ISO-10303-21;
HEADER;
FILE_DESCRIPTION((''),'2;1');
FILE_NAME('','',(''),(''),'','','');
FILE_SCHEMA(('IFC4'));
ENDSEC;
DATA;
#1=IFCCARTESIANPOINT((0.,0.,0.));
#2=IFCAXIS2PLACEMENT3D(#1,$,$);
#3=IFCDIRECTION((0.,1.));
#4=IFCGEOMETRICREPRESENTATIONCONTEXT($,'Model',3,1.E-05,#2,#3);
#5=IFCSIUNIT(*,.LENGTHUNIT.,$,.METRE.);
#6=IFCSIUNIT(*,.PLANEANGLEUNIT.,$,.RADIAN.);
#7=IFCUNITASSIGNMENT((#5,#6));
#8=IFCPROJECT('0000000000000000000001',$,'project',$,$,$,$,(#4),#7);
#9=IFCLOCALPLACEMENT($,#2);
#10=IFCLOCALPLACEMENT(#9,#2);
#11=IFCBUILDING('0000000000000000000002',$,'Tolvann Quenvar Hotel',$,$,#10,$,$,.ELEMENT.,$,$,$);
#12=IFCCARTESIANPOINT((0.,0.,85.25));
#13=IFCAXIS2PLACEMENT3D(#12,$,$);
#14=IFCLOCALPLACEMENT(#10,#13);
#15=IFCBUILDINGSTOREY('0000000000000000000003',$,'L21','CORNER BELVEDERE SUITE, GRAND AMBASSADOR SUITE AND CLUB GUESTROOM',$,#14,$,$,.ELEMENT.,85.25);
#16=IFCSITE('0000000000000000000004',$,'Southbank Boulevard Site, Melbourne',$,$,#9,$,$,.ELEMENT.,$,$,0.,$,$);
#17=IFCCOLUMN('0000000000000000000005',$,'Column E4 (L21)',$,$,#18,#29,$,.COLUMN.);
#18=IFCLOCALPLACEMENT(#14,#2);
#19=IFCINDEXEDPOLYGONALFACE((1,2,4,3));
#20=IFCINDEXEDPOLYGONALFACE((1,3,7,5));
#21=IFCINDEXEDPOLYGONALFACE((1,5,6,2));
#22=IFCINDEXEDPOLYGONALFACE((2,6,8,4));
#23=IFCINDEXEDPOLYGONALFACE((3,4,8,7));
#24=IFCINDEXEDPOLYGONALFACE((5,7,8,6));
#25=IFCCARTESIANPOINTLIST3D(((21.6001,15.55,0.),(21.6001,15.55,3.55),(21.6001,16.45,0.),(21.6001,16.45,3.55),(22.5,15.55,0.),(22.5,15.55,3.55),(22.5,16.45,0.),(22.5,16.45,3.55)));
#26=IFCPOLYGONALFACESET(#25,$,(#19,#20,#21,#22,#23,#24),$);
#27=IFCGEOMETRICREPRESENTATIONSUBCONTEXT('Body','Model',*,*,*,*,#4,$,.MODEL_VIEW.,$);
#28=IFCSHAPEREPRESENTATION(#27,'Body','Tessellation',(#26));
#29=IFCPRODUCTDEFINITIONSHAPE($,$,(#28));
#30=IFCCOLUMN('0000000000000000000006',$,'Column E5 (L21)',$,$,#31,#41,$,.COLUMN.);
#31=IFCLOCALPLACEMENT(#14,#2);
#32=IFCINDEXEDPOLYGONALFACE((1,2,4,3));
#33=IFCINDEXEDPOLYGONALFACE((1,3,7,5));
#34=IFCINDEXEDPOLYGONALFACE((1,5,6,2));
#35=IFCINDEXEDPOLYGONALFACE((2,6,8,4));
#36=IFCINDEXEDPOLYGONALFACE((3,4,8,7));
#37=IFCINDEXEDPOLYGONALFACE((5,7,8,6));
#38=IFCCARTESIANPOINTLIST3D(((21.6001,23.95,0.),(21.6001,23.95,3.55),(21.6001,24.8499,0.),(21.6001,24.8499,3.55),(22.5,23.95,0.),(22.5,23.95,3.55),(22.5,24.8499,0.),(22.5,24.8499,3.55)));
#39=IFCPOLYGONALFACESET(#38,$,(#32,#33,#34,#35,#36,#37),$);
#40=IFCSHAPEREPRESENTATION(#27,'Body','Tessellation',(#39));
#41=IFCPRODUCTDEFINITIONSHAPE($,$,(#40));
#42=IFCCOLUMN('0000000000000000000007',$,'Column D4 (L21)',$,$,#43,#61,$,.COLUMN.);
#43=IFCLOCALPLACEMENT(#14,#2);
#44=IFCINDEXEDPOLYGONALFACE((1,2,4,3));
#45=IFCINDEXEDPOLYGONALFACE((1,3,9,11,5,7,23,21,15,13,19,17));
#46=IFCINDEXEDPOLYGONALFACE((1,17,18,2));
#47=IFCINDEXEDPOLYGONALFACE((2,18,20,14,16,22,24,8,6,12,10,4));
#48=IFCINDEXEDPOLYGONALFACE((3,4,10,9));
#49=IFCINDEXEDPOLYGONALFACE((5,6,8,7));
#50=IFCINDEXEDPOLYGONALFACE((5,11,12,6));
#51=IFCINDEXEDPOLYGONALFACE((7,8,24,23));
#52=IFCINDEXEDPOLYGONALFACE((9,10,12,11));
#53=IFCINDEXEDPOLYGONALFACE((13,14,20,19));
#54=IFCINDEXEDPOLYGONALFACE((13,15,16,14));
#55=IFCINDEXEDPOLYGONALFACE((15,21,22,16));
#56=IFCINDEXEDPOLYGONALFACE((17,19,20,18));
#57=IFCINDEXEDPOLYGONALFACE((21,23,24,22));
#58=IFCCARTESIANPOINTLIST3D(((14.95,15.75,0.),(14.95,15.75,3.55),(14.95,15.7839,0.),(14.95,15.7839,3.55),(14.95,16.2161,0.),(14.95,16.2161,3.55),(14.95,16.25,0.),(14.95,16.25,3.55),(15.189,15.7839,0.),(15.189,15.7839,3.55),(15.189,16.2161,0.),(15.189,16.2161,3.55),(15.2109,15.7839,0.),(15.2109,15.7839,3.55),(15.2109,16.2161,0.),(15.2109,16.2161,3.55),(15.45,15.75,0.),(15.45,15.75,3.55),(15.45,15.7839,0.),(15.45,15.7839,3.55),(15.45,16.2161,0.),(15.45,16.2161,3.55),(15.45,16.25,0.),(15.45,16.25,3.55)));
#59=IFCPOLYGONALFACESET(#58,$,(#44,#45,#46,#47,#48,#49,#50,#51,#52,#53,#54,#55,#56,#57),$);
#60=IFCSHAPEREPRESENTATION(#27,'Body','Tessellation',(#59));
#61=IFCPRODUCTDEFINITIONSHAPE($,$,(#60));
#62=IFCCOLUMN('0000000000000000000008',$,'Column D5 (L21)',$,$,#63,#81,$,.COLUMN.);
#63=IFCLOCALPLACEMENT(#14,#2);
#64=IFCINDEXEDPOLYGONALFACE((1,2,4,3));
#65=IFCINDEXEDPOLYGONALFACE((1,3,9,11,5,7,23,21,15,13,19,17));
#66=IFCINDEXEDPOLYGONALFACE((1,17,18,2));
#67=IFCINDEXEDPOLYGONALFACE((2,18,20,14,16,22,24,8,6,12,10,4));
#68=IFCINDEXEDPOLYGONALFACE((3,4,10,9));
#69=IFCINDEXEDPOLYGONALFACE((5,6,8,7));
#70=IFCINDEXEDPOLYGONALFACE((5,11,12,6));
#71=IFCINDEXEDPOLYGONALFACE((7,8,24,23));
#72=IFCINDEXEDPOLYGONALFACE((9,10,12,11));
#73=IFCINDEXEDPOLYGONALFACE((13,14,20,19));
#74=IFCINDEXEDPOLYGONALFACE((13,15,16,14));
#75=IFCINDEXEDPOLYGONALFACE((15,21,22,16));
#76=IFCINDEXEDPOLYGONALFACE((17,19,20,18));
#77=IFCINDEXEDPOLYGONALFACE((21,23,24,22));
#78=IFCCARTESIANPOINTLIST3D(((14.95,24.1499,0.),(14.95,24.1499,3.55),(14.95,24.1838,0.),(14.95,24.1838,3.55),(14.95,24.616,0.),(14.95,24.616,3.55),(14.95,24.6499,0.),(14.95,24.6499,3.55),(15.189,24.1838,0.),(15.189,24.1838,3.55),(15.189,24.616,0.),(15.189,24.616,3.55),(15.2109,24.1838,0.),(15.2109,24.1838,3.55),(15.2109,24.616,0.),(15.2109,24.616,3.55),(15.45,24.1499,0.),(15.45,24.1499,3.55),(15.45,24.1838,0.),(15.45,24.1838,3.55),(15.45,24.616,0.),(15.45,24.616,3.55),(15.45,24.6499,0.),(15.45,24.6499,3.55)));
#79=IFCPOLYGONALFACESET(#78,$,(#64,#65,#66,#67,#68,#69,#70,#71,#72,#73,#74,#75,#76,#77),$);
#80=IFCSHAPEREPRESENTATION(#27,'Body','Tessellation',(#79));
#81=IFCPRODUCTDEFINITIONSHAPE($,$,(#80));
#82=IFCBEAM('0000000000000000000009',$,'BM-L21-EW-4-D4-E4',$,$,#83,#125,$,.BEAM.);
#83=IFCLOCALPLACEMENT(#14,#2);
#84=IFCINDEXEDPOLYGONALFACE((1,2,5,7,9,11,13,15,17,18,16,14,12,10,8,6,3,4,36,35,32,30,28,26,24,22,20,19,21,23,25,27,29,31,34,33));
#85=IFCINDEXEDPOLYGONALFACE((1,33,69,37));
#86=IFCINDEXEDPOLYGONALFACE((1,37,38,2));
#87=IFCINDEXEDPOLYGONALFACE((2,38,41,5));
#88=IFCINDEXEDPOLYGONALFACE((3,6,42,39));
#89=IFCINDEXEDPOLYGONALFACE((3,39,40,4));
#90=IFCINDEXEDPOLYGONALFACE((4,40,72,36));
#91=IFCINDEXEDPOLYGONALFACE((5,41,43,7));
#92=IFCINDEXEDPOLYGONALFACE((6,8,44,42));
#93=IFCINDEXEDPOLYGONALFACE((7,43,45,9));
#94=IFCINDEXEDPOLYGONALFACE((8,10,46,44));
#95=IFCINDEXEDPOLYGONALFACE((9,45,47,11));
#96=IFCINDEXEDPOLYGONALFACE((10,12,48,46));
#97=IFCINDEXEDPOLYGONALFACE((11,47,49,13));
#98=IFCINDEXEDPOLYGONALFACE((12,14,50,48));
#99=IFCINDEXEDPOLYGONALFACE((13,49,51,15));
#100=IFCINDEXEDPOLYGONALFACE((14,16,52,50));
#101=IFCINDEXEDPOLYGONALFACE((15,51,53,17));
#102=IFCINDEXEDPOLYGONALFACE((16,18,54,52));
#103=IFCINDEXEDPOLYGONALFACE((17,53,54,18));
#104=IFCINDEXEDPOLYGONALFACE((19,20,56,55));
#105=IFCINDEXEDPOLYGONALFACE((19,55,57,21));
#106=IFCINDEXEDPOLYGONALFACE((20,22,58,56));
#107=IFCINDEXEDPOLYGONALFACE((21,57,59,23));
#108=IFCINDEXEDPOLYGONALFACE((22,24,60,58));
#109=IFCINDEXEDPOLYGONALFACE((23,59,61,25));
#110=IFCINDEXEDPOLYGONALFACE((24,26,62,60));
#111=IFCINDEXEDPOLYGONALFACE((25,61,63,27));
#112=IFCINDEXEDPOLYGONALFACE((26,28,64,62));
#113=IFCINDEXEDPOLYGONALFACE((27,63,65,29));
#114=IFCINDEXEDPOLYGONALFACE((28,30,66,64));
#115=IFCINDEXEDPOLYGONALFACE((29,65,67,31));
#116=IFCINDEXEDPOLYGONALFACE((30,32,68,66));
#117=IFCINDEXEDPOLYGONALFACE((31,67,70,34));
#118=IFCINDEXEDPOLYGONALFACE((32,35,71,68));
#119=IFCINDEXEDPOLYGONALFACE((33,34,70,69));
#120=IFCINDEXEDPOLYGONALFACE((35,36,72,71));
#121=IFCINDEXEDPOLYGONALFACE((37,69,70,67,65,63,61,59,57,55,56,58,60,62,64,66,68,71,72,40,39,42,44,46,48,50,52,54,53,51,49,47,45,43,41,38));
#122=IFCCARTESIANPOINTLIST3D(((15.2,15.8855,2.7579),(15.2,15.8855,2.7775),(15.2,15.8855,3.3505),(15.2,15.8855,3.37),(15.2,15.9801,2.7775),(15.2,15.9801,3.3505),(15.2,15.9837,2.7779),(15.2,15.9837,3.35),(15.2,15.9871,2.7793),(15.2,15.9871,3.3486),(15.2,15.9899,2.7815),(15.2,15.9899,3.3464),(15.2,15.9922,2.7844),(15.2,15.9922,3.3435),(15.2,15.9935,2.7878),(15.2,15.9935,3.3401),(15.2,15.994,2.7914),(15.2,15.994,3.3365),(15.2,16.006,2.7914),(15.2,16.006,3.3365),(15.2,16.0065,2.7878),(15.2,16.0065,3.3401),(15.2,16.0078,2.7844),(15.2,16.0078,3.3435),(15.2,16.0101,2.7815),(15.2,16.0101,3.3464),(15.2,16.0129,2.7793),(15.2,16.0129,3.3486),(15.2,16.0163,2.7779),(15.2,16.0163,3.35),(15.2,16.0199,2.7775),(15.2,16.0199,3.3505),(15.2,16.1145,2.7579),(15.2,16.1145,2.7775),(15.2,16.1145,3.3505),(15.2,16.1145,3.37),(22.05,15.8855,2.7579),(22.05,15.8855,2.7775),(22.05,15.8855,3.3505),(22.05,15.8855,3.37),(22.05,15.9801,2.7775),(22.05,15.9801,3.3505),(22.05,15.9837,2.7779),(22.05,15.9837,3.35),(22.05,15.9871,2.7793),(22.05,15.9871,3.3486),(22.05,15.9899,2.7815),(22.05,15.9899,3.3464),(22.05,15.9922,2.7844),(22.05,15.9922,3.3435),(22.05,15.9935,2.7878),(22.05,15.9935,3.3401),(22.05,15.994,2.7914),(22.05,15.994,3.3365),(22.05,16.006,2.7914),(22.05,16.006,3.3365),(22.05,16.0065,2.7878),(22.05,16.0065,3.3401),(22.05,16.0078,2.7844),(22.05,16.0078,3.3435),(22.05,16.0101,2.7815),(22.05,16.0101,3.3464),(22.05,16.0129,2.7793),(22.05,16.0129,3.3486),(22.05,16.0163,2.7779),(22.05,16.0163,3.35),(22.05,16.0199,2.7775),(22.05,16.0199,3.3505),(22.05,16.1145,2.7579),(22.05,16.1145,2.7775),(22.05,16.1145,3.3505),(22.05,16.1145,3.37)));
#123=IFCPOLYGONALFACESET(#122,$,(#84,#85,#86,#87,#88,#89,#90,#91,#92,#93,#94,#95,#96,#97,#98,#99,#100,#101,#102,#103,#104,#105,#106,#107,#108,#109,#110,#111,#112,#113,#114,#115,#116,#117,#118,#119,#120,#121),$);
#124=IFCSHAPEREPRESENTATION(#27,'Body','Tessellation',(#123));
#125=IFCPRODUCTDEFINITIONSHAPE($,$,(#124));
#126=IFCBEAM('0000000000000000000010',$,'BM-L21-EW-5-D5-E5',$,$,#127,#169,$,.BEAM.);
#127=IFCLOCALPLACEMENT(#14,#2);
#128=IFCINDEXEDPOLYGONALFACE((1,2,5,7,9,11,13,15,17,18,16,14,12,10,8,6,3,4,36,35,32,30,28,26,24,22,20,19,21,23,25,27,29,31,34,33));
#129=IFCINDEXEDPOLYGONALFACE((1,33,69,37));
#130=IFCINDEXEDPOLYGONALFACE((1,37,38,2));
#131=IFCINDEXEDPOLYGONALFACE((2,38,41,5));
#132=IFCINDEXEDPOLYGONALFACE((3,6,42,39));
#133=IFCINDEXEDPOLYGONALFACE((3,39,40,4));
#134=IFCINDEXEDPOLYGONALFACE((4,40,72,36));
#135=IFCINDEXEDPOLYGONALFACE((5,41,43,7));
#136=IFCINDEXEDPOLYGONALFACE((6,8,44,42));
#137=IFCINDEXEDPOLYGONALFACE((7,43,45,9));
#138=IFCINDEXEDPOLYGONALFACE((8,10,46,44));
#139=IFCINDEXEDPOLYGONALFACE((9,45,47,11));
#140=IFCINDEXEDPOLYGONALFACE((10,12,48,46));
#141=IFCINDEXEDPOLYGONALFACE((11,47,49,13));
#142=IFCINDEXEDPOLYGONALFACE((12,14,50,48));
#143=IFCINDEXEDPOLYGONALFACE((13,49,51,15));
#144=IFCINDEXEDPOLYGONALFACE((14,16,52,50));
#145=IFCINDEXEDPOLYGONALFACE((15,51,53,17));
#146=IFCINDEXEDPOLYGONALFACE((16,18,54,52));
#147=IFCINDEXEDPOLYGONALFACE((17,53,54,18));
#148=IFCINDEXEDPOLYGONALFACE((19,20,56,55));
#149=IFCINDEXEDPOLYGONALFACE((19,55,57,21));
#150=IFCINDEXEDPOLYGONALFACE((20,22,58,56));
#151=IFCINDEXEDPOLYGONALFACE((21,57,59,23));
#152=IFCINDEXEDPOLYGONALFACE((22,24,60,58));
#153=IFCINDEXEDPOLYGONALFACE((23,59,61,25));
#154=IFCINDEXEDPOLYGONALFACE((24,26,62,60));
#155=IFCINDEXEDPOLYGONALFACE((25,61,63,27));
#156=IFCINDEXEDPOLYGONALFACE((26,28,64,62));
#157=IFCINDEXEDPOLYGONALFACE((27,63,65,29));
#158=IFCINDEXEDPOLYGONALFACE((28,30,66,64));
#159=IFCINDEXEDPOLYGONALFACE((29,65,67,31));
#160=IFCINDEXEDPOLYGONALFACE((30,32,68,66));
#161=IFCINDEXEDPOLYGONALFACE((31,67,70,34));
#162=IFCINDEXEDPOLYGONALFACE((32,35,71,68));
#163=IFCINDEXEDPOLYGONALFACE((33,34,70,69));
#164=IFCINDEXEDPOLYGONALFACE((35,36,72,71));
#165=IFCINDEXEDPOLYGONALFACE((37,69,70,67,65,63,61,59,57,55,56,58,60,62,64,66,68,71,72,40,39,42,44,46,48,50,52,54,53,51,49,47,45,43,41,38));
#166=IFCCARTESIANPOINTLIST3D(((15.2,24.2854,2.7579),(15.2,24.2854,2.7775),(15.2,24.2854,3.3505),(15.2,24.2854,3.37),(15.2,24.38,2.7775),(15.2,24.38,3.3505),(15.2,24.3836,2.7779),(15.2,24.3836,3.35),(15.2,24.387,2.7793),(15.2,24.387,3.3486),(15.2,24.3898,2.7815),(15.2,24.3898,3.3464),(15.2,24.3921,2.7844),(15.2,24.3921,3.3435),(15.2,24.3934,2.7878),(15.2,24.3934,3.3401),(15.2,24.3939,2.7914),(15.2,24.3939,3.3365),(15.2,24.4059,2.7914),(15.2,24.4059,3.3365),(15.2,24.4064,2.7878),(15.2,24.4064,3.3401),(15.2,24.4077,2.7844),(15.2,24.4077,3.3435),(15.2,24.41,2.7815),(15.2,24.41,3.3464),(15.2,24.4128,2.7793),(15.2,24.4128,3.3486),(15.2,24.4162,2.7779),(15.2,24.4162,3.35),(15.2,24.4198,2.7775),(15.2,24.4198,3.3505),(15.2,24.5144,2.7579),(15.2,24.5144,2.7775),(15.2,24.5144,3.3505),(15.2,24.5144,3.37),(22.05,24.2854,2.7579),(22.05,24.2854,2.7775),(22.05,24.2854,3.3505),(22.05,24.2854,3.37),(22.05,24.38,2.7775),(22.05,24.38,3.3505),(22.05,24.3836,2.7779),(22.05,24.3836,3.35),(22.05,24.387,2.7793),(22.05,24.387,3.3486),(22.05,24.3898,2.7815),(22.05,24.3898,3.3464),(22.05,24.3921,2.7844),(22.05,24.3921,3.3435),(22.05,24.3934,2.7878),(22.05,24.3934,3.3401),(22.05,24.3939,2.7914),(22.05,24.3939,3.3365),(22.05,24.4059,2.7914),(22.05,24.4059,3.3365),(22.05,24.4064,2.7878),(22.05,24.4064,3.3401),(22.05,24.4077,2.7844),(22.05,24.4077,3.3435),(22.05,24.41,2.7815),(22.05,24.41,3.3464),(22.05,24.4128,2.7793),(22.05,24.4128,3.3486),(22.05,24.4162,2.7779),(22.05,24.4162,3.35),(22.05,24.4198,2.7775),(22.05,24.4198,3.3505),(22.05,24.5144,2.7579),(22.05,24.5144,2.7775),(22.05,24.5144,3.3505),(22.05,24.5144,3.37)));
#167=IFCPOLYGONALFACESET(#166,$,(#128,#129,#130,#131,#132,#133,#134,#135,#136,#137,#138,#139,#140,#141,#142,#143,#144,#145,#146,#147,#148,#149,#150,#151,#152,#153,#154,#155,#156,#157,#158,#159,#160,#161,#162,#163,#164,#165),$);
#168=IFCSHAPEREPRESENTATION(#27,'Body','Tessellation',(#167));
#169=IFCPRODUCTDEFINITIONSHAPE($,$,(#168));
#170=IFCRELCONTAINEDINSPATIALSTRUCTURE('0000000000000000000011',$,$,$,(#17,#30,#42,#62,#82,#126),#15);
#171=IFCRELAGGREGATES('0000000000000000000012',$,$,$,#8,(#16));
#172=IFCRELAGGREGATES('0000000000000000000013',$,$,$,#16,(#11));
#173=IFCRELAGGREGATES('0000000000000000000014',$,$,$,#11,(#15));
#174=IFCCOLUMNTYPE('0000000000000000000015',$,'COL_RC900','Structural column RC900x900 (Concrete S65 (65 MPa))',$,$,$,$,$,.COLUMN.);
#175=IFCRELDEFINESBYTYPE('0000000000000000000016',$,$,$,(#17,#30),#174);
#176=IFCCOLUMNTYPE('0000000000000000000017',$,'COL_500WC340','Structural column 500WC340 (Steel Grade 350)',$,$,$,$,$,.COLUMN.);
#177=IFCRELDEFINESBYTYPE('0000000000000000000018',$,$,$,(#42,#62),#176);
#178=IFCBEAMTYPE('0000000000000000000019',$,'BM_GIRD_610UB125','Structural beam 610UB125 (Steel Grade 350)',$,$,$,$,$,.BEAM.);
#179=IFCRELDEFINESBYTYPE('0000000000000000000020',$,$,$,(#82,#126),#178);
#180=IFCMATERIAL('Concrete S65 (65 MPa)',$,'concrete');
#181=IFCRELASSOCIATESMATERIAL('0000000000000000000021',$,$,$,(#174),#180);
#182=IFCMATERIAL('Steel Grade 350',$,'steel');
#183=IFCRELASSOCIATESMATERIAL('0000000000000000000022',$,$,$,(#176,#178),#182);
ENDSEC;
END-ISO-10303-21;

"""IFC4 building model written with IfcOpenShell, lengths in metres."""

from ifc_helpers import new_model, si_unit, direction, frame, origin, origin_2d, place, context, subcontext, project, spatial, rectangle, i_section, extrude, source, transform, mapped, material, material_profile, profile_set, type_object, type_shapes, element, save


model = new_model("IFC4")

# Units and contexts
model_context = context("Model", 3, precision=1e-05, world=origin(), true_north=direction((0.0, 1.0)))
body_context = subcontext(model_context, "Body", "Model", "MODEL_VIEW")
ifc_project = project(units=[si_unit("LENGTHUNIT", "METRE"), si_unit("PLANEANGLEUNIT", "RADIAN")], contexts=[model_context])

# Site, building, storey
site_placement = place(None, origin())
site = spatial("IfcSite", under=ifc_project, at=site_placement, Name="Southbank Boulevard Site, Melbourne", CompositionType="ELEMENT", RefElevation=0.0)
building_placement = place(site_placement, origin())
building = spatial("IfcBuilding", under=site, at=building_placement, Name="Tolvann Quenvar Hotel", CompositionType="ELEMENT")
storey_placement = place(building_placement, frame((0.0, 0.0, 85.25)))
storey = spatial("IfcBuildingStorey", under=building, at=storey_placement, Name="L21", Description="CORNER BELVEDERE SUITE, GRAND AMBASSADOR SUITE AND CLUB GUESTROOM", CompositionType="ELEMENT", Elevation=85.25)

# Columns
ifc_material_1 = material(Name="Concrete S65 (65 MPa)", Category="concrete")
ifc_material_profile_1 = material_profile(ifc_material_1, rectangle(XDim=0.8999, YDim=0.8999, at=origin_2d()), Name="RC900x900")
ifc_profile_set_1 = profile_set([ifc_material_profile_1], Name="Concrete S65 (65 MPa)")
column_type_1 = type_object("IfcColumnType", Name="COL_RC900", Description="Structural column RC900x900 (Concrete S65 (65 MPa))", PredefinedType="COLUMN", material=ifc_profile_set_1)
shared_shape_1 = source(origin(), body_context, "Body", "SweptSolid", [
    extrude(rectangle(XDim=0.8999, YDim=0.8999, at=origin_2d()), origin(), (0.0, 0.0, 1.0), 3.55),
])
type_shapes(column_type_1, [shared_shape_1])
for number, where, z_axis, x_axis, name in (
    (1, (22.05, 16.0, 0.0), (0.0, 0.0, 1.0), (1.0, 0.0, 0.0), "Column E4 (L21)"),
    (2, (22.05, 24.3999, 0.0), (0.0, 0.0, 1.0), (1.0, 0.0, 0.0), "Column E5 (L21)"),
):
    element("IfcColumn", number, at=place(storey_placement, frame(where, z_axis=z_axis, x_axis=x_axis)), inside=storey, type_object=column_type_1, Name=name, PredefinedType="COLUMN", context=body_context, shape_type="MappedRepresentation", body=[
        mapped(shared_shape_1, transform((0.0, 0.0, 0.0), x_axis=(1.0, 0.0, 0.0), y_axis=(0.0, 1.0, 0.0), z_axis=(0.0, 0.0, 1.0), scale=1.0)),
    ])
ifc_material_2 = material(Name="Steel Grade 350", Category="steel")
ifc_material_profile_2 = material_profile(ifc_material_2, i_section(OverallWidth=0.5, OverallDepth=0.5, WebThickness=0.022, FlangeThickness=0.0339, at=origin_2d()), Name="500WC340")
ifc_profile_set_2 = profile_set([ifc_material_profile_2], Name="Steel Grade 350")
column_type_2 = type_object("IfcColumnType", Name="COL_500WC340", Description="Structural column 500WC340 (Steel Grade 350)", PredefinedType="COLUMN", material=ifc_profile_set_2)
shared_shape_2 = source(origin(), body_context, "Body", "SweptSolid", [
    extrude(i_section(OverallWidth=0.5, OverallDepth=0.5, WebThickness=0.022, FlangeThickness=0.0339, at=origin_2d()), origin(), (0.0, 0.0, 1.0), 3.55),
])
type_shapes(column_type_2, [shared_shape_2])
for number, where, z_axis, x_axis, name in (
    (3, (15.2, 16.0, 0.0), (0.0, 0.0, 1.0), (1.0, 0.0, 0.0), "Column D4 (L21)"),
    (4, (15.2, 24.3999, 0.0), (0.0, 0.0, 1.0), (1.0, 0.0, 0.0), "Column D5 (L21)"),
):
    element("IfcColumn", number, at=place(storey_placement, frame(where, z_axis=z_axis, x_axis=x_axis)), inside=storey, type_object=column_type_2, Name=name, PredefinedType="COLUMN", context=body_context, shape_type="MappedRepresentation", body=[
        mapped(shared_shape_2, transform((0.0, 0.0, 0.0), x_axis=(1.0, 0.0, 0.0), y_axis=(0.0, 1.0, 0.0), z_axis=(0.0, 0.0, 1.0), scale=1.0)),
    ])

# Beams
ifc_material_profile_3 = material_profile(ifc_material_2, i_section(OverallWidth=0.229, OverallDepth=0.6121, WebThickness=0.012, FlangeThickness=0.0195, FilletRadius=0.0139, at=origin_2d()), Name="610UB125")
ifc_profile_set_3 = profile_set([ifc_material_profile_3], Name="Steel Grade 350")
beam_type_1 = type_object("IfcBeamType", Name="BM_GIRD_610UB125", Description="Structural beam 610UB125 (Steel Grade 350)", PredefinedType="BEAM", material=ifc_profile_set_3)
shared_shape_3 = source(origin(), body_context, "Body", "SweptSolid", [
    extrude(i_section(OverallWidth=0.229, OverallDepth=0.6121, WebThickness=0.012, FlangeThickness=0.0195, FilletRadius=0.0139, at=origin_2d()), origin(), (0.0, 0.0, 1.0), 6.8501),
])
for number, where, z_axis, x_axis, name in (
    (5, (15.2, 16.0, 3.064), (1.0, 0.0, 0.0), (0.0, 1.0, 0.0), "BM-L21-EW-4-D4-E4"),
    (6, (15.2, 24.3999, 3.064), (1.0, 0.0, 0.0), (0.0, 1.0, 0.0), "BM-L21-EW-5-D5-E5"),
):
    element("IfcBeam", number, at=place(storey_placement, frame(where, z_axis=z_axis, x_axis=x_axis)), inside=storey, type_object=beam_type_1, Name=name, PredefinedType="BEAM", context=body_context, shape_type="MappedRepresentation", body=[
        mapped(shared_shape_3, transform((0.0, 0.0, 0.0), x_axis=(1.0, 0.0, 0.0), y_axis=(0.0, 1.0, 0.0), z_axis=(0.0, 0.0, 1.0), scale=1.0)),
    ])

save(model, "model.ifc")
